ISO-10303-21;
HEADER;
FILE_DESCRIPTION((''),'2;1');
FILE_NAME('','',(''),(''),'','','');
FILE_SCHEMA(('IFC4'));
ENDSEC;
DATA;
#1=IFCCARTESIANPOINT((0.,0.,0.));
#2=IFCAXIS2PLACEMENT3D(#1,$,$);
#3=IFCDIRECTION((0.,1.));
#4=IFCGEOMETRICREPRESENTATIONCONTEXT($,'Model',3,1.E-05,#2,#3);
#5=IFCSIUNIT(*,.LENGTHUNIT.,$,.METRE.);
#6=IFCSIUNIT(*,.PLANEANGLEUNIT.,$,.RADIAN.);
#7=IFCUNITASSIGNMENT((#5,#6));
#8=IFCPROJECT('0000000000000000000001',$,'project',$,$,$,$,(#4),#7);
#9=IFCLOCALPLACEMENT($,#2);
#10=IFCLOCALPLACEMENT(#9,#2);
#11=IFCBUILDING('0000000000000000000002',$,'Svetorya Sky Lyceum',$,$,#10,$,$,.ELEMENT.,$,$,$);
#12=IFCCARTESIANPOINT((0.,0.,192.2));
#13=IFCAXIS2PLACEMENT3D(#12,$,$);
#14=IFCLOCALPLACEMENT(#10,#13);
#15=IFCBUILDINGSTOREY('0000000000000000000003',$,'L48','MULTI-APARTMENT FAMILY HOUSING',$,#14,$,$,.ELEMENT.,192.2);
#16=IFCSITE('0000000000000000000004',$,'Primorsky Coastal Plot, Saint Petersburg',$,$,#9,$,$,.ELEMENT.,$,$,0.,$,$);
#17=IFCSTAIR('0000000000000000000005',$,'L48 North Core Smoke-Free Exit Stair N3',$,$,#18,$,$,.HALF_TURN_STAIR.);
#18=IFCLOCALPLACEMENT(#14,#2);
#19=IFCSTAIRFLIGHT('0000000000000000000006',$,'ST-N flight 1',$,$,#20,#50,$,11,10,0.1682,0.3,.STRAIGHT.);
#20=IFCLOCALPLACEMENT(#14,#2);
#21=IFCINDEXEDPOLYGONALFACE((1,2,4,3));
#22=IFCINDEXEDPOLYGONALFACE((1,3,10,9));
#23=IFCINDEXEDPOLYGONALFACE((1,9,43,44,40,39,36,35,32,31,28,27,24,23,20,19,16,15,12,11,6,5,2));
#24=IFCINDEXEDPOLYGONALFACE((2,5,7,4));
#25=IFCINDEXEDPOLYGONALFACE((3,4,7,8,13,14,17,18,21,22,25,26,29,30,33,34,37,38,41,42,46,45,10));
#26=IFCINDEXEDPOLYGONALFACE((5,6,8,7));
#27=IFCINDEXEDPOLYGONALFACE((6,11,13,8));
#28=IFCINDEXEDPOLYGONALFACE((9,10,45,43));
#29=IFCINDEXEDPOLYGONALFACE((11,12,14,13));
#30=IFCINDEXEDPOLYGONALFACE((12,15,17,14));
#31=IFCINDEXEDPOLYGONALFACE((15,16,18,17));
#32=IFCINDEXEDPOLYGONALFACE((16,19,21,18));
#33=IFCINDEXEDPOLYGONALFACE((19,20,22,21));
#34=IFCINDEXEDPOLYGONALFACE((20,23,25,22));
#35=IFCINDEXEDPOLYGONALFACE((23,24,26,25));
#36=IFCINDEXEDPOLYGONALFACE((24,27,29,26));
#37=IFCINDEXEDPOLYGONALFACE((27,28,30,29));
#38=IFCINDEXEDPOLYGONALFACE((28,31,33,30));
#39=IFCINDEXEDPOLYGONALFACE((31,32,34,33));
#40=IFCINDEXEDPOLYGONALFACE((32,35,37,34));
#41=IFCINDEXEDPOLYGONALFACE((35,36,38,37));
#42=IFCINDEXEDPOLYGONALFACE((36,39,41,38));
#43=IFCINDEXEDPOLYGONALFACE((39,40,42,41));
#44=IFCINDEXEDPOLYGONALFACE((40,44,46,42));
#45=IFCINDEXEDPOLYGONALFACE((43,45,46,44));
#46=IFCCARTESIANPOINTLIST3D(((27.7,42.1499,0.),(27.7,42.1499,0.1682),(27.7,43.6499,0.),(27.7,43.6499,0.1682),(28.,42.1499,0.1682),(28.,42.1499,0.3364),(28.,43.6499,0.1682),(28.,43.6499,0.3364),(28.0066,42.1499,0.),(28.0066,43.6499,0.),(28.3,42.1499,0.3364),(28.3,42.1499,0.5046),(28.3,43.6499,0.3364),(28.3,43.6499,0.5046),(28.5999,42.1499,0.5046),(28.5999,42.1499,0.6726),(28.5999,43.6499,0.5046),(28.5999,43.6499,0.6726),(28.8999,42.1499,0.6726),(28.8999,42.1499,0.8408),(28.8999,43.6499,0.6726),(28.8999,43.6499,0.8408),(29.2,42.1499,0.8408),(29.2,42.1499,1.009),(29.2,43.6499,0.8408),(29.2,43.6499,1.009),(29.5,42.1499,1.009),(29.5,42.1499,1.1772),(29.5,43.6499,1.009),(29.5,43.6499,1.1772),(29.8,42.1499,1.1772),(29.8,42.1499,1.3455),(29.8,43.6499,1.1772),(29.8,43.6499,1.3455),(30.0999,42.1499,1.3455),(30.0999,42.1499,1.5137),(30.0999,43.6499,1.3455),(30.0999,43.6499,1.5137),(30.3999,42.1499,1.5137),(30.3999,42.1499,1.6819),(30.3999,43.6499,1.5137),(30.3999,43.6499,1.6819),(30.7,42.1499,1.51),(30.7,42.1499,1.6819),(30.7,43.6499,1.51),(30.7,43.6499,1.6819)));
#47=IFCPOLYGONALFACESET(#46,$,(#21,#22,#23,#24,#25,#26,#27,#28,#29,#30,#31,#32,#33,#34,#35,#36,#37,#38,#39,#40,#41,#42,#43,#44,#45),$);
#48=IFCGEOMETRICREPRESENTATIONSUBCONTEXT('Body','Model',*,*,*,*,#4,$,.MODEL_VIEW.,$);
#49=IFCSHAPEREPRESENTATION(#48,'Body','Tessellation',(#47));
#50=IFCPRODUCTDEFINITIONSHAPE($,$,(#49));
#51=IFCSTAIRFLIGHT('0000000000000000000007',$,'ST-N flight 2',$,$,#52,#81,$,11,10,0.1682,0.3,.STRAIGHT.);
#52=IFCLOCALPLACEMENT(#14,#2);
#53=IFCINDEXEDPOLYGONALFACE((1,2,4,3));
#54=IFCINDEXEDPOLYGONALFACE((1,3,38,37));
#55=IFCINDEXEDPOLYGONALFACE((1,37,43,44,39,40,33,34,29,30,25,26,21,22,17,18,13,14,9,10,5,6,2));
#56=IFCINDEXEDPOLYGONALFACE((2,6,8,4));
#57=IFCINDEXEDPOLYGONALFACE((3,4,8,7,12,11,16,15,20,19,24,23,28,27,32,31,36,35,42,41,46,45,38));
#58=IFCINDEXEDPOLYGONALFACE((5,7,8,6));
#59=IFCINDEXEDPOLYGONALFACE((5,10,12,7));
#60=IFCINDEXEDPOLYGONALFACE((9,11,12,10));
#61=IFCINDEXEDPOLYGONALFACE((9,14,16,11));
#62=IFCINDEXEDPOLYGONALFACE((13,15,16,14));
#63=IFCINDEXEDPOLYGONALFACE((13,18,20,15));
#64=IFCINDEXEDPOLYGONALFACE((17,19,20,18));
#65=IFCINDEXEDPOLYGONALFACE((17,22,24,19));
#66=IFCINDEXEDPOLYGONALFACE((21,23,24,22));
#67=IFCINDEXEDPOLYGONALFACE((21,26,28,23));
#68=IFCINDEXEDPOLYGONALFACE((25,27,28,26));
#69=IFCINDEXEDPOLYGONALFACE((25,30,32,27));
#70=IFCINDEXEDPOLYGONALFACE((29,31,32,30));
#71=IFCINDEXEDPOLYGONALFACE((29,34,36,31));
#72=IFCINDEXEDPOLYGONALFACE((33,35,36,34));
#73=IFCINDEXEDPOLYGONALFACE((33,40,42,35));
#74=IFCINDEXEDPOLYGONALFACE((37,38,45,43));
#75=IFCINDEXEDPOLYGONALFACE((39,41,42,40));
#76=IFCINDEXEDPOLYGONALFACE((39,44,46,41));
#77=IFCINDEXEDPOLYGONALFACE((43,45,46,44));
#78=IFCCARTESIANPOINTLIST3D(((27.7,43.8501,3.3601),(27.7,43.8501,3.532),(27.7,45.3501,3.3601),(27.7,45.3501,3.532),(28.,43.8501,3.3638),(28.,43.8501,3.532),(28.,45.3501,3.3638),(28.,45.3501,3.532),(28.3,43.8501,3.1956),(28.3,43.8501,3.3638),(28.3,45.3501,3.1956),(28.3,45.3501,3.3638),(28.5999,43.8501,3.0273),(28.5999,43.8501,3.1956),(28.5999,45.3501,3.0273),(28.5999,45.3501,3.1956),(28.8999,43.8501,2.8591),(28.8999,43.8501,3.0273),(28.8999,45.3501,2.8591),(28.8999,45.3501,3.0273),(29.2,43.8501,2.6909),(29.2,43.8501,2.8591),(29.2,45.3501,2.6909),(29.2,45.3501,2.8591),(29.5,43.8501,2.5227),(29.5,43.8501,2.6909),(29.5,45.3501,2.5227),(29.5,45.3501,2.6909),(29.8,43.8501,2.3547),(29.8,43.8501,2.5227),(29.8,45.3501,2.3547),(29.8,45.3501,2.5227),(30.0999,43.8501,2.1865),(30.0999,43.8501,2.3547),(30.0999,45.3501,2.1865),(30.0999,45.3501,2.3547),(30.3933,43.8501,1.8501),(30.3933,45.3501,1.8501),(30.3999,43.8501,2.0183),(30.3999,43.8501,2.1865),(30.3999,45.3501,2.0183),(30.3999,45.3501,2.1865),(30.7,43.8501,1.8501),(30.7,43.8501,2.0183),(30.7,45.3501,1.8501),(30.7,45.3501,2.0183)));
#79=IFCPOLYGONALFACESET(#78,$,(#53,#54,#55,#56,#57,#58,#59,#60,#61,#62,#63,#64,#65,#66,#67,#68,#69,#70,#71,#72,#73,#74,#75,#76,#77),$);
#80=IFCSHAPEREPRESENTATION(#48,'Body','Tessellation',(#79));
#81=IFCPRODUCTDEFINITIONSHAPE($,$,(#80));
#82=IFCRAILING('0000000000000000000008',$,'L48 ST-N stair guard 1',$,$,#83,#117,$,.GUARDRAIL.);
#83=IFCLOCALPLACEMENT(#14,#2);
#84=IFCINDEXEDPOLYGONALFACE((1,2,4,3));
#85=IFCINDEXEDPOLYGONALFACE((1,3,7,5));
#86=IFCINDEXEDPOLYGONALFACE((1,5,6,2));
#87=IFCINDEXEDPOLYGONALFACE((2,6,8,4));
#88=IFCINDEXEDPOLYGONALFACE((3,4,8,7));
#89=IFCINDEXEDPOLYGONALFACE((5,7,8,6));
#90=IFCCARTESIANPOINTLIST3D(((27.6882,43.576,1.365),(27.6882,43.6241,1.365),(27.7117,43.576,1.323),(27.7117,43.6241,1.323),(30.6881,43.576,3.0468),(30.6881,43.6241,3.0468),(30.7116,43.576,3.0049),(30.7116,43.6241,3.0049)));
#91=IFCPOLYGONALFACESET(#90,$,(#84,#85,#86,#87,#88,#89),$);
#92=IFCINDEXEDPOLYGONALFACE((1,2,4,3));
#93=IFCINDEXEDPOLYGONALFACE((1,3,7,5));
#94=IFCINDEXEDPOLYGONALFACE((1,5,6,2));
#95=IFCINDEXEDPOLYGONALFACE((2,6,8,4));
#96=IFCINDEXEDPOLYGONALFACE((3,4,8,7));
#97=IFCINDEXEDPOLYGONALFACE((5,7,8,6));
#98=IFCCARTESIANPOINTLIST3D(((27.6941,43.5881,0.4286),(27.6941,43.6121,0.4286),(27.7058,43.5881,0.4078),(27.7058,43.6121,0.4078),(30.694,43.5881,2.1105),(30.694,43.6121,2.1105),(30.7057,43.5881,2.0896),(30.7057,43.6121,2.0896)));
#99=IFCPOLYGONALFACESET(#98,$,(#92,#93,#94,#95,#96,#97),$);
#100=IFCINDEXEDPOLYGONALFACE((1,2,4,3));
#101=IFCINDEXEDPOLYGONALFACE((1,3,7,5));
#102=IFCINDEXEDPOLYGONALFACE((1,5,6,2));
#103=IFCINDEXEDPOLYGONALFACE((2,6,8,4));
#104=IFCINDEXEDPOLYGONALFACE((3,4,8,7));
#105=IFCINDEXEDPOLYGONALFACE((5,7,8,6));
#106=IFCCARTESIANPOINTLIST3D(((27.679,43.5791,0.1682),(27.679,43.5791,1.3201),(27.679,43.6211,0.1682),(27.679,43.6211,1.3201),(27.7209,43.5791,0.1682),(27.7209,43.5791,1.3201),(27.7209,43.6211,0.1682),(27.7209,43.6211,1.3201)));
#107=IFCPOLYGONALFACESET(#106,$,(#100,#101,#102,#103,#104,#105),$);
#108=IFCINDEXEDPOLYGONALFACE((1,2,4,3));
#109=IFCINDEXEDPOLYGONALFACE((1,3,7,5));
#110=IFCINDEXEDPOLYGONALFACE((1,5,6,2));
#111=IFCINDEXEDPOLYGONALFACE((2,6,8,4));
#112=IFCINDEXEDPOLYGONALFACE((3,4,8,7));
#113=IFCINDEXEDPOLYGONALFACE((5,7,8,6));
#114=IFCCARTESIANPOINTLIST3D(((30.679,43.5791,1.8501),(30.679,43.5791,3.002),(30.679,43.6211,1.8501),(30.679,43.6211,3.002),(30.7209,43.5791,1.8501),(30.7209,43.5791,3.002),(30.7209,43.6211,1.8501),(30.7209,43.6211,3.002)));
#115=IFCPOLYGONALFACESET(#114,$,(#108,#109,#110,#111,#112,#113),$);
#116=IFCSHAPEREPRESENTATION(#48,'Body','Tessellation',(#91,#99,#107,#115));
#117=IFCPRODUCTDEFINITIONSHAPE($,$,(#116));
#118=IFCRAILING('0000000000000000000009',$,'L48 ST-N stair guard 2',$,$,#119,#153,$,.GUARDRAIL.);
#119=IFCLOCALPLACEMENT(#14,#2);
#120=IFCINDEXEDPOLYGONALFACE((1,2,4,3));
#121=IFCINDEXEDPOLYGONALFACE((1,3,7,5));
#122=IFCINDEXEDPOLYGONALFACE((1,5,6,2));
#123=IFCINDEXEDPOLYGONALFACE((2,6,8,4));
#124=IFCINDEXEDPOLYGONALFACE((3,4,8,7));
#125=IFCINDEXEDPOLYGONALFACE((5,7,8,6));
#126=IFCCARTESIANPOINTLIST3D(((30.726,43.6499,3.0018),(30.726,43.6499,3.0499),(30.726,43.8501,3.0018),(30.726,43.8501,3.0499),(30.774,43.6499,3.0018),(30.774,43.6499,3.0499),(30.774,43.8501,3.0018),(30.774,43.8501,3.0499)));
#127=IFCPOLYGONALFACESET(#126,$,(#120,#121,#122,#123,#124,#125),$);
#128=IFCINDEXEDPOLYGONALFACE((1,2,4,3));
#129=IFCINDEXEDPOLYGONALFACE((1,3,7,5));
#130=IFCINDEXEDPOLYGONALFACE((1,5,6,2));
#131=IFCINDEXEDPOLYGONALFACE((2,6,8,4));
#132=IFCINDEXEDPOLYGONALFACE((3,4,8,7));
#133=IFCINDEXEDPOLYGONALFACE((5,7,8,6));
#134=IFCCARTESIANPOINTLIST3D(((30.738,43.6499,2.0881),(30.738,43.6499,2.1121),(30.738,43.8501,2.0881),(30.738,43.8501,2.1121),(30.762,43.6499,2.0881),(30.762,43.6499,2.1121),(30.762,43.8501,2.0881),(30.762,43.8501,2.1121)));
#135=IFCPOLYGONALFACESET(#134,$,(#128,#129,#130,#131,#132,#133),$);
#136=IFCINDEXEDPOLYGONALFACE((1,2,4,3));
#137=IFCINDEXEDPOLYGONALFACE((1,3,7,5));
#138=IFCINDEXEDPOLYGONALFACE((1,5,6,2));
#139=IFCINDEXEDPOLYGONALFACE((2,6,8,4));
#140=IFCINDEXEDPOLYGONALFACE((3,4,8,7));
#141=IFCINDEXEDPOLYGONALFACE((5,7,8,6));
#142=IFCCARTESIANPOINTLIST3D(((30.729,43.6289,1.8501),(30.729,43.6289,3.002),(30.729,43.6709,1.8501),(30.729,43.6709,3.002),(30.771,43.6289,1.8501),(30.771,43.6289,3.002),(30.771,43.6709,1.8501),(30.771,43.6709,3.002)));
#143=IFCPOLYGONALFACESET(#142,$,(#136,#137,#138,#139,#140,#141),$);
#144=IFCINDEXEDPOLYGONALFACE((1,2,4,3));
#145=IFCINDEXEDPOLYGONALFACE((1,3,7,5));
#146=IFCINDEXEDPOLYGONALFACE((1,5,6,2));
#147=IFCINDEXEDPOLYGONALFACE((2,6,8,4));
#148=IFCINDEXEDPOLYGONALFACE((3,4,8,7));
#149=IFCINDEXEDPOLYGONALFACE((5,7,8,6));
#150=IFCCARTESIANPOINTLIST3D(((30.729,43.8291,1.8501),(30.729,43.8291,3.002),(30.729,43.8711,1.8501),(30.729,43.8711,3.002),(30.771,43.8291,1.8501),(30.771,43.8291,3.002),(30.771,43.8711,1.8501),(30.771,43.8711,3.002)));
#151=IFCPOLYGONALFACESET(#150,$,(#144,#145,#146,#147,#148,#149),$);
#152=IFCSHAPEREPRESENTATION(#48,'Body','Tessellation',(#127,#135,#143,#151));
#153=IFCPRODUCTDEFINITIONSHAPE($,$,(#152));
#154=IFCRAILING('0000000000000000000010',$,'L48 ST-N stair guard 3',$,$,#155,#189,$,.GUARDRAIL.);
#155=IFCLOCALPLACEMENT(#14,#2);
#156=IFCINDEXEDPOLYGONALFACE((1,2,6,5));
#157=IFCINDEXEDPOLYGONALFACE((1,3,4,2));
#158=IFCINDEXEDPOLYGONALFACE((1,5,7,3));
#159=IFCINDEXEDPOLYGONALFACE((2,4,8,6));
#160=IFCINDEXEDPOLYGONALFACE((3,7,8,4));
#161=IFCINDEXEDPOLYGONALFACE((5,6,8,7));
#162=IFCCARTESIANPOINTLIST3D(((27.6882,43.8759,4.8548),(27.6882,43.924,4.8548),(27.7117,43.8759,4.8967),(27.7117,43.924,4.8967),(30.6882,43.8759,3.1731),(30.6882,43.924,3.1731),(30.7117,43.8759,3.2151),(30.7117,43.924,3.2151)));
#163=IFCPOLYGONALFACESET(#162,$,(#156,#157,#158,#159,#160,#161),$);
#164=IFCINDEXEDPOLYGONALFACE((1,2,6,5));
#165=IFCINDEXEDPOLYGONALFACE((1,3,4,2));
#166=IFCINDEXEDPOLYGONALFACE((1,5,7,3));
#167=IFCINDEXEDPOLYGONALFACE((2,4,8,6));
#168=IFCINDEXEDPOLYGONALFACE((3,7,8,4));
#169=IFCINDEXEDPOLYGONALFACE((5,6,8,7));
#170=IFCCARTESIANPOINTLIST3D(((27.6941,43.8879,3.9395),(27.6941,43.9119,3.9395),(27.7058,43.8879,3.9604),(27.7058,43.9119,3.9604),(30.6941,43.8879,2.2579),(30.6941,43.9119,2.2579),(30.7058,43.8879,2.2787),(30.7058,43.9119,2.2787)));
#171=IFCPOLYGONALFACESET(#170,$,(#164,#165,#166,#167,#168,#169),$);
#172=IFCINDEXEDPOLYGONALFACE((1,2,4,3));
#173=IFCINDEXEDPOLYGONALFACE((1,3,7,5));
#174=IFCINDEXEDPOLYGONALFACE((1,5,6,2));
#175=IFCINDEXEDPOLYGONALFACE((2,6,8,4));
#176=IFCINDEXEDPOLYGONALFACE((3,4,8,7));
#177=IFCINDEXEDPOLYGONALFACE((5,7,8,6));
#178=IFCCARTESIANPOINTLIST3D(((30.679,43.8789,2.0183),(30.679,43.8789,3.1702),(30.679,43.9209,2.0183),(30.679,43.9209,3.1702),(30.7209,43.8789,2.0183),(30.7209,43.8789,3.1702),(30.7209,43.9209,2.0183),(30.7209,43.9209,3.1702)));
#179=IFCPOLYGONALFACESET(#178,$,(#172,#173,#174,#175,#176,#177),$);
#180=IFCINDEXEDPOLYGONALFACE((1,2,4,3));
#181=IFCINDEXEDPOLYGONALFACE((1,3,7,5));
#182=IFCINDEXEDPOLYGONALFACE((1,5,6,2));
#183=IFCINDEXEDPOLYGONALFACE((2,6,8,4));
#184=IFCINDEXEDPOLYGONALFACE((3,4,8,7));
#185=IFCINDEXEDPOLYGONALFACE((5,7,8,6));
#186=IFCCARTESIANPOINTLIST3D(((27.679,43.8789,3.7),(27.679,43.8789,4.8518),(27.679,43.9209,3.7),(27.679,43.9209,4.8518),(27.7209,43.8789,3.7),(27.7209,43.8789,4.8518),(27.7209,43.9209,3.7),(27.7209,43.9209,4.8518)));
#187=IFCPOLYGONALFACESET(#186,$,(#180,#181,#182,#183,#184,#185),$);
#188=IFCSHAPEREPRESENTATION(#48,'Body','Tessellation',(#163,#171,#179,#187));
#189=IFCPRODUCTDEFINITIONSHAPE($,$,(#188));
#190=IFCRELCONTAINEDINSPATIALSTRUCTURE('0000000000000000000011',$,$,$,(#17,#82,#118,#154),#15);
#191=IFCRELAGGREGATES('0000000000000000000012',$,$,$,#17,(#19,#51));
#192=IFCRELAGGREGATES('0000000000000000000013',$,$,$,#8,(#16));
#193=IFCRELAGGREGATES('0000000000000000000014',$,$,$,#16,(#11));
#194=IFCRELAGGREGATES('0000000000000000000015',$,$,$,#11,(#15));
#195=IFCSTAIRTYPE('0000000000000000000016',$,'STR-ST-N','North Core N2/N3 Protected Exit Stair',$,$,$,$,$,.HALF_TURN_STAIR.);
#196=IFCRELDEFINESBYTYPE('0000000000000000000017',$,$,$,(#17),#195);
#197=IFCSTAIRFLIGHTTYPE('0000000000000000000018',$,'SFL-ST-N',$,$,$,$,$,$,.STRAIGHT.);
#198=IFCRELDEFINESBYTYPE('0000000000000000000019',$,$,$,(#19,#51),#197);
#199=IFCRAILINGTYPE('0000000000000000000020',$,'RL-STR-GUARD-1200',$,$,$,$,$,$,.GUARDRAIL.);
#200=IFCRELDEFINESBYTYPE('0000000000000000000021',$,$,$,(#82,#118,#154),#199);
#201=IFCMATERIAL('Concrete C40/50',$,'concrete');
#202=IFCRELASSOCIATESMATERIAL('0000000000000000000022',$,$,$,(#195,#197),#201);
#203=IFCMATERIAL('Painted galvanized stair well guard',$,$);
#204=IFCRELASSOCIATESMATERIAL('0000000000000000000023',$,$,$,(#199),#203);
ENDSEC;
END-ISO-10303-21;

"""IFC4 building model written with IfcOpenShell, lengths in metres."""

from ifc_helpers import new_model, si_unit, direction, frame, origin, origin_2d, place, context, subcontext, project, spatial, polyline, rectangle, outline, extrude, material, type_object, element, aggregate, save


model = new_model("IFC4")

# Units and contexts
model_context = context("Model", 3, precision=1e-05, world=origin(), true_north=direction((0.0, 1.0)))
body_context = subcontext(model_context, "Body", "Model", "MODEL_VIEW")
ifc_project = project(units=[si_unit("LENGTHUNIT", "METRE"), si_unit("PLANEANGLEUNIT", "RADIAN")], contexts=[model_context])

# Site, building, storey
site_placement = place(None, origin())
site = spatial("IfcSite", under=ifc_project, at=site_placement, Name="Primorsky Coastal Plot, Saint Petersburg", CompositionType="ELEMENT", RefElevation=0.0)
building_placement = place(site_placement, origin())
building = spatial("IfcBuilding", under=site, at=building_placement, Name="Svetorya Sky Lyceum", CompositionType="ELEMENT")
storey_placement = place(building_placement, frame((0.0, 0.0, 192.2)))
storey = spatial("IfcBuildingStorey", under=building, at=storey_placement, Name="L48", Description="MULTI-APARTMENT FAMILY HOUSING", CompositionType="ELEMENT", Elevation=192.2)

# Stair, stair flights
ifc_material_1 = material(Name="Concrete C40/50", Category="concrete")
stair_type = type_object("IfcStairType", Name="STR-ST-N", Description="North Core N2/N3 Protected Exit Stair", PredefinedType="HALF_TURN_STAIR", material=ifc_material_1)
stair_placement = place(storey_placement, origin())
stair = element("IfcStair", 1, at=stair_placement, inside=storey, type_object=stair_type, Name="L48 North Core Smoke-Free Exit Stair N3", PredefinedType="HALF_TURN_STAIR")
stair_flight_type = type_object("IfcStairFlightType", Name="SFL-ST-N", PredefinedType="STRAIGHT", material=ifc_material_1)
stair_flight_1_placement = place(storey_placement, frame((27.7, 42.8999, 0.0), z_axis=(0.0, 0.0, 1.0), x_axis=(1.0, 0.0, 0.0)))
stair_flight_1 = element("IfcStairFlight", 2, at=stair_flight_1_placement, type_object=stair_flight_type, Name="ST-N flight 1", NumberOfRisers=11, NumberOfTreads=10, PredefinedType="STRAIGHT", RiserHeight=0.1682, TreadLength=0.3, context=body_context, shape_type="SweptSolid", body=[
    extrude(outline(polyline([(0.0, 0.0), (0.0, 0.1682), (0.3, 0.1682), (0.3, 0.3364), (0.6001, 0.3364), (0.6001, 0.5046), (0.8999, 0.5046), (0.8999, 0.6726), (1.2, 0.6726), (1.2, 0.8408), (1.5, 0.8408), (1.5, 1.009), (1.8, 1.009), (1.8, 1.1772), (2.1001, 1.1772), (2.1001, 1.3455), (2.3999, 1.3455), (2.3999, 1.5137), (2.7, 1.5137), (2.7, 1.6819), (3.0, 1.6819), (3.0, 1.8501), (3.0, 1.51), (0.3066, 0.0), (0.0, 0.0)])), frame((0.0, 0.75, 0.0), z_axis=(0.0, -1.0, 0.0), x_axis=(1.0, 0.0, 0.0)), (0.0, 0.0, 1.0), 1.5),
])
stair_flight_2_placement = place(storey_placement, frame((30.7, 44.6001, 1.8501), z_axis=(0.0, 0.0, 1.0), x_axis=(-1.0, 0.0, 0.0)))
stair_flight_2 = element("IfcStairFlight", 3, at=stair_flight_2_placement, type_object=stair_flight_type, Name="ST-N flight 2", NumberOfRisers=11, NumberOfTreads=10, PredefinedType="STRAIGHT", RiserHeight=0.1682, TreadLength=0.3, context=body_context, shape_type="SweptSolid", body=[
    extrude(outline(polyline([(0.0, 0.0), (0.0, 0.1682), (0.3, 0.1682), (0.3, 0.3364), (0.6001, 0.3364), (0.6001, 0.5046), (0.8999, 0.5046), (0.8999, 0.6726), (1.2, 0.6726), (1.2, 0.8408), (1.5, 0.8408), (1.5, 1.009), (1.8, 1.009), (1.8, 1.1772), (2.1001, 1.1772), (2.1001, 1.3455), (2.3999, 1.3455), (2.3999, 1.5137), (2.7, 1.5137), (2.7, 1.6819), (3.0, 1.6819), (3.0, 1.8501), (3.0, 1.51), (0.3066, 0.0), (0.0, 0.0)])), frame((0.0, 0.75, 0.0), z_axis=(0.0, -1.0, 0.0), x_axis=(1.0, 0.0, 0.0)), (0.0, 0.0, 1.0), 1.5),
])
aggregate(stair, [stair_flight_1, stair_flight_2])

# Railings
ifc_material_2 = material(Name="Painted galvanized stair well guard")
railing_type_1 = type_object("IfcRailingType", Name="RL-STR-GUARD-1200", PredefinedType="GUARDRAIL", material=ifc_material_2)
railing_1_placement = place(storey_placement, frame((27.7, 43.6001, 0.1682)))
element("IfcRailing", 4, at=railing_1_placement, inside=storey, type_object=railing_type_1, Name="L48 ST-N stair guard 1", PredefinedType="GUARDRAIL", context=body_context, shape_type="SweptSolid", body=[
    extrude(rectangle(XDim=0.0481, YDim=0.0481, at=origin_2d()), frame((0.0, 0.0, 1.1758), z_axis=(0.872272, 0.0, 0.48902), x_axis=(0.0, 1.0, 0.0)), (0.0, 0.0, 1.0), 3.4392),
    extrude(rectangle(XDim=0.0239, YDim=0.0239, at=origin_2d()), frame((0.0, 0.0, 0.25), z_axis=(0.872272, 0.0, 0.48902), x_axis=(0.0, 1.0, 0.0)), (0.0, 0.0, 1.0), 3.4392),
    extrude(rectangle(XDim=0.042, YDim=0.042, at=origin_2d()), origin(), (0.0, 0.0, 1.0), 1.1519),
    extrude(rectangle(XDim=0.042, YDim=0.042, at=origin_2d()), frame((3.0, 0.0, 1.6819)), (0.0, 0.0, 1.0), 1.1519),
])
railing_2_placement = place(storey_placement, frame((30.75, 43.6499, 1.8501)))
element("IfcRailing", 5, at=railing_2_placement, inside=storey, type_object=railing_type_1, Name="L48 ST-N stair guard 2", PredefinedType="GUARDRAIL", context=body_context, shape_type="SweptSolid", body=[
    extrude(rectangle(XDim=0.0481, YDim=0.0481, at=origin_2d()), frame((0.0, 0.0, 1.1758), z_axis=(0.0, 1.0, 0.0), x_axis=(-1.0, 0.0, 0.0)), (0.0, 0.0, 1.0), 0.2002),
    extrude(rectangle(XDim=0.0239, YDim=0.0239, at=origin_2d()), frame((0.0, 0.0, 0.25), z_axis=(0.0, 1.0, 0.0), x_axis=(-1.0, 0.0, 0.0)), (0.0, 0.0, 1.0), 0.2002),
    extrude(rectangle(XDim=0.042, YDim=0.042, at=origin_2d()), origin(), (0.0, 0.0, 1.0), 1.1519),
    extrude(rectangle(XDim=0.042, YDim=0.042, at=origin_2d()), frame((0.0, 0.2002, 0.0)), (0.0, 0.0, 1.0), 1.1519),
])
railing_3_placement = place(storey_placement, frame((30.7, 43.8999, 2.0183)))
element("IfcRailing", 6, at=railing_3_placement, inside=storey, type_object=railing_type_1, Name="L48 ST-N stair guard 3", PredefinedType="GUARDRAIL", context=body_context, shape_type="SweptSolid", body=[
    extrude(rectangle(XDim=0.0481, YDim=0.0481, at=origin_2d()), frame((0.0, 0.0, 1.1758), z_axis=(-0.872303, 0.0, 0.488966), x_axis=(0.0, -1.0, 0.0)), (0.0, 0.0, 1.0), 3.4392),
    extrude(rectangle(XDim=0.0239, YDim=0.0239, at=origin_2d()), frame((0.0, 0.0, 0.25), z_axis=(-0.872303, 0.0, 0.488966), x_axis=(0.0, -1.0, 0.0)), (0.0, 0.0, 1.0), 3.4392),
    extrude(rectangle(XDim=0.042, YDim=0.042, at=origin_2d()), origin(), (0.0, 0.0, 1.0), 1.1519),
    extrude(rectangle(XDim=0.042, YDim=0.042, at=origin_2d()), frame((-3.0, 0.0, 1.6816)), (0.0, 0.0, 1.0), 1.1519),
])

save(model, "model.ifc")
